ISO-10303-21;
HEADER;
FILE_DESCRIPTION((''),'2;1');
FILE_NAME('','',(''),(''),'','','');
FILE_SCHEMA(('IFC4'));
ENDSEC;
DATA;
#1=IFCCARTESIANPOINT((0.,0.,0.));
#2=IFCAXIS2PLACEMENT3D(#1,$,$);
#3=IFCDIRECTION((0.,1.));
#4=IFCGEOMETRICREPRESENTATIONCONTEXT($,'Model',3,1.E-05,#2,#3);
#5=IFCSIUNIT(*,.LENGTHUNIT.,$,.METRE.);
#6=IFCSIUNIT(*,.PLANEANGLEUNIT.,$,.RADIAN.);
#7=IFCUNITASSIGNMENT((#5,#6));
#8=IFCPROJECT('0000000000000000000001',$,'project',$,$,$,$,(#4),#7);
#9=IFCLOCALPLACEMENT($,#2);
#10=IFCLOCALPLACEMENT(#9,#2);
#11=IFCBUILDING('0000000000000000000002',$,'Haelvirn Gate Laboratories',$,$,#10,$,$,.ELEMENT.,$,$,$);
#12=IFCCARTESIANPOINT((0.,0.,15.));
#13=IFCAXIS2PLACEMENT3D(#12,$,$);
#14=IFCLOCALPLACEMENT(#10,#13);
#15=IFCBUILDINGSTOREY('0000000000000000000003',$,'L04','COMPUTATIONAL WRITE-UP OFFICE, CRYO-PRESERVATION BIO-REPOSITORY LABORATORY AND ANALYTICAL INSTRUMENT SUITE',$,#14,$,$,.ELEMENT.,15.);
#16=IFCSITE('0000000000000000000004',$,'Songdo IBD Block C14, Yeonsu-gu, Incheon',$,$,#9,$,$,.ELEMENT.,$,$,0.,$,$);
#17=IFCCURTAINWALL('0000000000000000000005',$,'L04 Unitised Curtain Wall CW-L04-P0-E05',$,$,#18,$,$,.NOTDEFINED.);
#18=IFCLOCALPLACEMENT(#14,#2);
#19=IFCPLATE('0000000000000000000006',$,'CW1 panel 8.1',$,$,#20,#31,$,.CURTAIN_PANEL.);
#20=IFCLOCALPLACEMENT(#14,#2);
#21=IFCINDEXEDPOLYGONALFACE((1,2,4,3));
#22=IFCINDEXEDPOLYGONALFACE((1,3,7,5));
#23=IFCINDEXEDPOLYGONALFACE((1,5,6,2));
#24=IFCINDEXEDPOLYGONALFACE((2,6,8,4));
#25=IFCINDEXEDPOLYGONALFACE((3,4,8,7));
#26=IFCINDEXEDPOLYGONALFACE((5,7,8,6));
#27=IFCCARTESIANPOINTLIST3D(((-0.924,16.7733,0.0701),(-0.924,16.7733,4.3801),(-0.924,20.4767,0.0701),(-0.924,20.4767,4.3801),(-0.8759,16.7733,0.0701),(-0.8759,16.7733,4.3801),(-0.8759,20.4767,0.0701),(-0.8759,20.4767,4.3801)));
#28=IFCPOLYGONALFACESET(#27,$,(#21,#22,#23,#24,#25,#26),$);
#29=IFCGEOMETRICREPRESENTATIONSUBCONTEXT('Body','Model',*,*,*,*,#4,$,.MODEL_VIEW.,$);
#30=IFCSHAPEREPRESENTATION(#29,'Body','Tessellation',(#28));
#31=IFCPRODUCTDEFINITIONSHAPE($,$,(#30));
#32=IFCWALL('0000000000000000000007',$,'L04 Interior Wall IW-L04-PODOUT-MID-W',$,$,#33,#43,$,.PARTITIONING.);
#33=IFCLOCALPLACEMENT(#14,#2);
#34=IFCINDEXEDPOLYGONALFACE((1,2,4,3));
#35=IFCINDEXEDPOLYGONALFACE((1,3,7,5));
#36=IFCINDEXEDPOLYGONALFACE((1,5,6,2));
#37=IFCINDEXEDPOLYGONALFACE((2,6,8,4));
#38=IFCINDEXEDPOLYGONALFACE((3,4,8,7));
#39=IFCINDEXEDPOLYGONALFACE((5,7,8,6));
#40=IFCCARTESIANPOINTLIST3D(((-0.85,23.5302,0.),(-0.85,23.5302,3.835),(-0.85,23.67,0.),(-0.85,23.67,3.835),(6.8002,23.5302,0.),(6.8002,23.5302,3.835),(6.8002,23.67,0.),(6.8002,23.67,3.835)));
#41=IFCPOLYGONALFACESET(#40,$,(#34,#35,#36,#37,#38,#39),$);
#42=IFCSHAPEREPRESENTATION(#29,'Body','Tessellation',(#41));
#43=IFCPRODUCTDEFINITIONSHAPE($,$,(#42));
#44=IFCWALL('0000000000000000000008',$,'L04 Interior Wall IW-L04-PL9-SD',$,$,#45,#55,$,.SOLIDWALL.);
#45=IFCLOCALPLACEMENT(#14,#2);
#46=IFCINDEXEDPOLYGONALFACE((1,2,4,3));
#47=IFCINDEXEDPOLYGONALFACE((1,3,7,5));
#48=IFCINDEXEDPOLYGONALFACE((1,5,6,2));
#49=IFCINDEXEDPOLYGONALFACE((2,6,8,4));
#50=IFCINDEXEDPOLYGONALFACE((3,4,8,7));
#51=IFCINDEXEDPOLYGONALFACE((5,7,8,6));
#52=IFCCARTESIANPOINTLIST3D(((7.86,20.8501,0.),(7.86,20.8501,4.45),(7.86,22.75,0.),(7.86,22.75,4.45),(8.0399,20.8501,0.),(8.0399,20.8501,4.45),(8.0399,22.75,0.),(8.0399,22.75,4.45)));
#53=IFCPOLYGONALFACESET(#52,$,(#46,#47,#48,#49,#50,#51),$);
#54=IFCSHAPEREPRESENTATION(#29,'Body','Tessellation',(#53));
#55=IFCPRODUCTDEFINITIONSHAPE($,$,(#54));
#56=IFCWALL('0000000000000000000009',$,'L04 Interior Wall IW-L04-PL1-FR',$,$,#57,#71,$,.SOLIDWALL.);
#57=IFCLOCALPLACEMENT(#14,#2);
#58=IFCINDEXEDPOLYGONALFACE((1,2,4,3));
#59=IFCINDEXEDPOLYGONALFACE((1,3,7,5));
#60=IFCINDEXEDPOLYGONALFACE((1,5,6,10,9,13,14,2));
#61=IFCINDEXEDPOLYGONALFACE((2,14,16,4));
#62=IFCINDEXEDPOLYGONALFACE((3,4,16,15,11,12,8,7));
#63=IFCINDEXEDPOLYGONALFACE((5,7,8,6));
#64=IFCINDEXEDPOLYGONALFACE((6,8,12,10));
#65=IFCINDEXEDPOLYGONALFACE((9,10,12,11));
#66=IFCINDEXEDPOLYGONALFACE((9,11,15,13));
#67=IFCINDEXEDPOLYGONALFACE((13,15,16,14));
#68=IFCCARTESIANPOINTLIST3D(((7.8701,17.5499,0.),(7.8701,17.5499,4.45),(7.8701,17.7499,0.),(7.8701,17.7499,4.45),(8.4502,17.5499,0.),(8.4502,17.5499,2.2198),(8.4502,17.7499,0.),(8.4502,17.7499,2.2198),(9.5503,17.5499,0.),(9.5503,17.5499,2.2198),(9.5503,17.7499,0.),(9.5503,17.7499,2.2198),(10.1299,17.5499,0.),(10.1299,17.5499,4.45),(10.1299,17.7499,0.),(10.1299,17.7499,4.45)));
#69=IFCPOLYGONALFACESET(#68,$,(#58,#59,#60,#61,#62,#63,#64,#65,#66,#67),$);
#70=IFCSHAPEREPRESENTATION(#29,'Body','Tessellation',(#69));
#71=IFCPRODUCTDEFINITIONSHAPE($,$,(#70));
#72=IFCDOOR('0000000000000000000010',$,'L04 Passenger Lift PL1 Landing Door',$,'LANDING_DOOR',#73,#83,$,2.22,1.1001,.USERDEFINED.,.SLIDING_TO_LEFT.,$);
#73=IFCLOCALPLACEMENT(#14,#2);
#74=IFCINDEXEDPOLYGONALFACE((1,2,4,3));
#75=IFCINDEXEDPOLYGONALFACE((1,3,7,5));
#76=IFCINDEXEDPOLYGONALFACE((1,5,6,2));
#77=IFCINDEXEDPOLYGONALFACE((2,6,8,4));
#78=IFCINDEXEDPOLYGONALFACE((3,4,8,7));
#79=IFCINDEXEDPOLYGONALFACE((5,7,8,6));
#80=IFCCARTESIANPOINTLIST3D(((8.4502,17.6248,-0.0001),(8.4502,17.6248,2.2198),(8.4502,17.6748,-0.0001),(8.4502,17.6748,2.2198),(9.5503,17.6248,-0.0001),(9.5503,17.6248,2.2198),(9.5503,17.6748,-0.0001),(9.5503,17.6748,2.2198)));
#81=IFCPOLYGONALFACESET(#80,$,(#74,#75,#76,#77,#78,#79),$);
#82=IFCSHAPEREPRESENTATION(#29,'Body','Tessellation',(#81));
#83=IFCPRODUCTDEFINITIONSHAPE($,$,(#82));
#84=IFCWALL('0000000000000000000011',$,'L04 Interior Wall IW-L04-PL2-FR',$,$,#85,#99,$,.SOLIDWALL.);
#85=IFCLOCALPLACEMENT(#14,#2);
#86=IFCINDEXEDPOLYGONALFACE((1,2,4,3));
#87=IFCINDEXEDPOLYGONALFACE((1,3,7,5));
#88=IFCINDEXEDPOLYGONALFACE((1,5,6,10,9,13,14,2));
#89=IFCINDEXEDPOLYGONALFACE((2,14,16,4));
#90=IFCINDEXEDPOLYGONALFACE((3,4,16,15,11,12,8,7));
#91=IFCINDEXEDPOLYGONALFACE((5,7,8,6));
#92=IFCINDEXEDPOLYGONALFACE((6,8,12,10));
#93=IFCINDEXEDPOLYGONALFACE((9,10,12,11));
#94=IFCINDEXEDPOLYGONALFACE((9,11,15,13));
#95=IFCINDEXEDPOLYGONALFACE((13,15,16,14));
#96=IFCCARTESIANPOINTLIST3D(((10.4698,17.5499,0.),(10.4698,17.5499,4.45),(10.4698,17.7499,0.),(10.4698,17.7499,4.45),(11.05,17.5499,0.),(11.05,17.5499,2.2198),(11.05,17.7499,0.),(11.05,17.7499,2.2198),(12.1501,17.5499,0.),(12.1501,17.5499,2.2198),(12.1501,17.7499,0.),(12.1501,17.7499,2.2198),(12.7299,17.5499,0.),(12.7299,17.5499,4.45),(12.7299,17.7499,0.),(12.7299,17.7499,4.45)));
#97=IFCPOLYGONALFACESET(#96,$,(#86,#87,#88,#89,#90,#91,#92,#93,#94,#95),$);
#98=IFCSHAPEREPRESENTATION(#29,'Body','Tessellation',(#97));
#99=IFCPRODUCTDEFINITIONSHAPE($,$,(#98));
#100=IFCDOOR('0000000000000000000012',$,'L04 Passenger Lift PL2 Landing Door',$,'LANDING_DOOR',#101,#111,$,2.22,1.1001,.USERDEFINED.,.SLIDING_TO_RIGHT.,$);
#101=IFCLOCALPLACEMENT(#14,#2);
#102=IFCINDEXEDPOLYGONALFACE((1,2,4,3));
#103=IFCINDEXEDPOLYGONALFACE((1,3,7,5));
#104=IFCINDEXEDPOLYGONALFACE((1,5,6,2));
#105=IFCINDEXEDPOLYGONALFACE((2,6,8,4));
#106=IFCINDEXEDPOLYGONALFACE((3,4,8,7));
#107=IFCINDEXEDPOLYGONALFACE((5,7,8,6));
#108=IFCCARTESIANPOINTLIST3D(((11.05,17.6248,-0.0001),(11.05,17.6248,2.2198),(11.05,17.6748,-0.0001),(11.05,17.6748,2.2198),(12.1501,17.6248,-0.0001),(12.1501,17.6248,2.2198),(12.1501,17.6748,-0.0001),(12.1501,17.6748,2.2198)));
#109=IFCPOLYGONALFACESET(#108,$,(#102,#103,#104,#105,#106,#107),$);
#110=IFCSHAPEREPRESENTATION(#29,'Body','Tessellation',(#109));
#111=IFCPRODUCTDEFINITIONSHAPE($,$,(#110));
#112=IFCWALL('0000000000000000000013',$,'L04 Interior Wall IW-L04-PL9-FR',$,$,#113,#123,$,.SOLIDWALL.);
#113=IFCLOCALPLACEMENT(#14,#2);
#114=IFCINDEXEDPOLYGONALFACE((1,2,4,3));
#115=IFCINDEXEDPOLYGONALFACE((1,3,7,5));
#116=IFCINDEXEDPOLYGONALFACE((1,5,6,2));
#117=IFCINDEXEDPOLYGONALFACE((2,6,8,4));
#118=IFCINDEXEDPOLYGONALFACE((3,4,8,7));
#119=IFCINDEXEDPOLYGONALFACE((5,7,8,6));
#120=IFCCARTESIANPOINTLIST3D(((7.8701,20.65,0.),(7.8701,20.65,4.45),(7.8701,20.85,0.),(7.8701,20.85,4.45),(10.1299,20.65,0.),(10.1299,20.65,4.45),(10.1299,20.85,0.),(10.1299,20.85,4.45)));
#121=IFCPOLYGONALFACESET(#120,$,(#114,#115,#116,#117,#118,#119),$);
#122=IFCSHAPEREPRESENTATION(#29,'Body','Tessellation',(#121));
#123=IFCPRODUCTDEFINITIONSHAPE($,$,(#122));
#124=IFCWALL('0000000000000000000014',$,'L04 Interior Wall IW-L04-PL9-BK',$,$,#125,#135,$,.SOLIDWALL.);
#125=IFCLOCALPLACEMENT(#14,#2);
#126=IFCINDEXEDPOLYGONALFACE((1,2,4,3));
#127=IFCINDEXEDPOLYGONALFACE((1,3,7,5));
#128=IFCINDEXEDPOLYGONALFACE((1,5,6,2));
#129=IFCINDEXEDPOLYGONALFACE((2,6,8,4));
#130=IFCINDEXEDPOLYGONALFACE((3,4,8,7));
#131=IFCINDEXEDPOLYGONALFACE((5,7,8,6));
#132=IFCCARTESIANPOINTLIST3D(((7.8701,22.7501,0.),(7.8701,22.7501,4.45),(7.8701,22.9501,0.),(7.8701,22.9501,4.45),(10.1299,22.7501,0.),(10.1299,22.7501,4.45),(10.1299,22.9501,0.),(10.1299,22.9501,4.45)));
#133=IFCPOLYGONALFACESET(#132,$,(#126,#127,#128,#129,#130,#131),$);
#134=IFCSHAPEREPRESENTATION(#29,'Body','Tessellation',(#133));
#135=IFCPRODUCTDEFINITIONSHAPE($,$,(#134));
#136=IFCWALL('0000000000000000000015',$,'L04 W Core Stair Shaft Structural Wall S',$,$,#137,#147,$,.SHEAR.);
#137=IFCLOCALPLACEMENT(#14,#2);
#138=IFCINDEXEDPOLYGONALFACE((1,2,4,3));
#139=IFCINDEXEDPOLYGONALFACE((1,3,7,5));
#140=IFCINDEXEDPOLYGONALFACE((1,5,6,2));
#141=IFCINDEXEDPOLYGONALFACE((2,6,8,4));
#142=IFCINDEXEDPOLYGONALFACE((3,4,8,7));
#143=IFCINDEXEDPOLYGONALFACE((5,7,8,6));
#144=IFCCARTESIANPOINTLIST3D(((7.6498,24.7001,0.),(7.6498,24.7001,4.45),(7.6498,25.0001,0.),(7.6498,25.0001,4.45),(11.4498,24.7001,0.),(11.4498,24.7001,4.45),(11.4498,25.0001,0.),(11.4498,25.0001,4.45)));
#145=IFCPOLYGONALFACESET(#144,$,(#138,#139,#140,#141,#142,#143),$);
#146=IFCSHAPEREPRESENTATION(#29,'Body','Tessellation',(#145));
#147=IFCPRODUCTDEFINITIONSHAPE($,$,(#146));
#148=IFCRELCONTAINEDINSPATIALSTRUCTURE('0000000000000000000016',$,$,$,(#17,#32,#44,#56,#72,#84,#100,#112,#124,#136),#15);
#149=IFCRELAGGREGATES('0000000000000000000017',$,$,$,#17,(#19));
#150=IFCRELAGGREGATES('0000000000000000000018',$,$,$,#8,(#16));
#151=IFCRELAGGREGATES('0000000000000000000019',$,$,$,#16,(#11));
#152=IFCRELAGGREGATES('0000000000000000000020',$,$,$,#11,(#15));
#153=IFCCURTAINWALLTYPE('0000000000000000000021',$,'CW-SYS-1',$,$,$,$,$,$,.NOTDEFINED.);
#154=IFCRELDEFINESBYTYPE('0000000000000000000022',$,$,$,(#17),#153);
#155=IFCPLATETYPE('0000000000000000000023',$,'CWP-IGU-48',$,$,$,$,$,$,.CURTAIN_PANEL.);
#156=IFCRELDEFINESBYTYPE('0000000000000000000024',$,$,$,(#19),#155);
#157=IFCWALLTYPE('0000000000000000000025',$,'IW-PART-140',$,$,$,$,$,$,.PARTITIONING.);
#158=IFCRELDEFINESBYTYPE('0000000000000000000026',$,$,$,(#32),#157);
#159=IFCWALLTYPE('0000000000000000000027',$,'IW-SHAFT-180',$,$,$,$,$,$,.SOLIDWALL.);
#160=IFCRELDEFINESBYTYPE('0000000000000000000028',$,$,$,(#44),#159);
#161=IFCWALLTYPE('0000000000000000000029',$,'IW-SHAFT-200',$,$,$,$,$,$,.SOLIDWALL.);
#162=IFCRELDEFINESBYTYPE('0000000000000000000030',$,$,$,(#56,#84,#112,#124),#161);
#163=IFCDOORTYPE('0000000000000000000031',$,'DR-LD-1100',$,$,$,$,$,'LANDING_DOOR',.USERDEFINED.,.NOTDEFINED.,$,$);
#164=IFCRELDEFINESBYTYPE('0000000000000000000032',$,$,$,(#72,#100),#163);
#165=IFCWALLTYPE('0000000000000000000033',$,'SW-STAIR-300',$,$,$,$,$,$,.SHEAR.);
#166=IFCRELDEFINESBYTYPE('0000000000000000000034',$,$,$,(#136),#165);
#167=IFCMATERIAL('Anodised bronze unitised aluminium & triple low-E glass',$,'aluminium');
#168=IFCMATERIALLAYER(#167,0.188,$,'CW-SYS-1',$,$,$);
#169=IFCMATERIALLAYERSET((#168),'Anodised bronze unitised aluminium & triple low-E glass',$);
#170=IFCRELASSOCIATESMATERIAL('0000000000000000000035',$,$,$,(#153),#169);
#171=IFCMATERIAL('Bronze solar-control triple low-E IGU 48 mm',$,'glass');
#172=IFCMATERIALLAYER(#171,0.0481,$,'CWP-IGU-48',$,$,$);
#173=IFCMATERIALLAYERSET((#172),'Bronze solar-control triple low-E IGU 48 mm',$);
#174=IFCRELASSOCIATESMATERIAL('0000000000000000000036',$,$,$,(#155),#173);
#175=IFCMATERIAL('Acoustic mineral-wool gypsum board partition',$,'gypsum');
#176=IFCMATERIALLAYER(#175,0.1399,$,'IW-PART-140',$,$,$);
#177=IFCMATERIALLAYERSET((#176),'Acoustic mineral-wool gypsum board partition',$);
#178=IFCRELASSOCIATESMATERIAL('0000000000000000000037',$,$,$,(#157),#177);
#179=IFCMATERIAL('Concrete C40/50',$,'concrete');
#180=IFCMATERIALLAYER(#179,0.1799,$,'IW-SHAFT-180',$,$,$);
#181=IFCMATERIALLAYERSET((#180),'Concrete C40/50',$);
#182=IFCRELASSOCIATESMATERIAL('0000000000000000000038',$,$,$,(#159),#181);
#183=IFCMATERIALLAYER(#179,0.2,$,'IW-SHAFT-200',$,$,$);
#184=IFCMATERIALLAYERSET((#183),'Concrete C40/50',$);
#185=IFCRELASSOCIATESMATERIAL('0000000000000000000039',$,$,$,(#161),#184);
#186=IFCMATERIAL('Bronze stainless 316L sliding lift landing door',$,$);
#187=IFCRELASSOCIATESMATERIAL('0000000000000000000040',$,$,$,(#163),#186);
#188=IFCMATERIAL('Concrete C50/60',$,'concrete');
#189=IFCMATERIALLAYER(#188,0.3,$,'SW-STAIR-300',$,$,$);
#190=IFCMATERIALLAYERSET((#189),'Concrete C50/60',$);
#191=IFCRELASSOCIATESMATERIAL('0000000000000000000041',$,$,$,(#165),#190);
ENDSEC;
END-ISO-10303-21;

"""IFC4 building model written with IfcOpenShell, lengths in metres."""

from ifc_helpers import new_model, si_unit, direction, frame, frame_2d, origin, origin_2d, place, context, subcontext, project, spatial, rectangle, extrude, source, transform, mapped, material, layer, layer_set, type_object, type_shapes, element, fill, aggregate, save


model = new_model("IFC4")

# Units and contexts
model_context = context("Model", 3, precision=1e-05, world=origin(), true_north=direction((0.0, 1.0)))
body_context = subcontext(model_context, "Body", "Model", "MODEL_VIEW")
ifc_project = project(units=[si_unit("LENGTHUNIT", "METRE"), si_unit("PLANEANGLEUNIT", "RADIAN")], contexts=[model_context])

# Site, building, storey
site_placement = place(None, origin())
site = spatial("IfcSite", under=ifc_project, at=site_placement, Name="Songdo IBD Block C14, Yeonsu-gu, Incheon", CompositionType="ELEMENT", RefElevation=0.0)
building_placement = place(site_placement, origin())
building = spatial("IfcBuilding", under=site, at=building_placement, Name="Haelvirn Gate Laboratories", CompositionType="ELEMENT")
storey_placement = place(building_placement, frame((0.0, 0.0, 15.0)))
storey = spatial("IfcBuildingStorey", under=building, at=storey_placement, Name="L04", Description="COMPUTATIONAL WRITE-UP OFFICE, CRYO-PRESERVATION BIO-REPOSITORY LABORATORY AND ANALYTICAL INSTRUMENT SUITE", CompositionType="ELEMENT", Elevation=15.0)

# Curtain wall, plate
ifc_material_1 = material(Name="Anodised bronze unitised aluminium & triple low-E glass", Category="aluminium")
ifc_layer_1 = layer(ifc_material_1, 0.188, Name="CW-SYS-1")
ifc_layer_set_1 = layer_set([ifc_layer_1], Name="Anodised bronze unitised aluminium & triple low-E glass")
curtain_wall_type = type_object("IfcCurtainWallType", Name="CW-SYS-1", PredefinedType="NOTDEFINED", material=ifc_layer_set_1)
curtain_wall_placement = place(storey_placement, origin())
curtain_wall = element("IfcCurtainWall", 1, at=curtain_wall_placement, inside=storey, type_object=curtain_wall_type, Name="L04 Unitised Curtain Wall CW-L04-P0-E05", PredefinedType="NOTDEFINED")
ifc_material_2 = material(Name="Bronze solar-control triple low-E IGU 48 mm", Category="glass")
ifc_layer_2 = layer(ifc_material_2, 0.0481, Name="CWP-IGU-48")
ifc_layer_set_2 = layer_set([ifc_layer_2], Name="Bronze solar-control triple low-E IGU 48 mm")
plate_type = type_object("IfcPlateType", Name="CWP-IGU-48", PredefinedType="CURTAIN_PANEL", material=ifc_layer_set_2)
shared_shape_1 = source(origin(), body_context, "Body", "SweptSolid", [
    extrude(rectangle(XDim=3.7034, YDim=0.0481, at=origin_2d()), origin(), (0.0, 0.0, 1.0), 4.3101),
])
type_shapes(plate_type, [shared_shape_1])
plate_1_placement = place(storey_placement, frame((-0.8999, 18.625, 0.0701), z_axis=(0.0, 0.0, 1.0), x_axis=(0.0, -1.0, 0.0)))
plate_1 = element("IfcPlate", 2, at=plate_1_placement, type_object=plate_type, Name="CW1 panel 8.1", PredefinedType="CURTAIN_PANEL", context=body_context, shape_type="MappedRepresentation", body=[
    mapped(shared_shape_1, transform((0.0, 0.0, 0.0), scale=1.0)),
])
aggregate(curtain_wall, [plate_1])

# Walls
ifc_material_3 = material(Name="Acoustic mineral-wool gypsum board partition", Category="gypsum")
ifc_layer_3 = layer(ifc_material_3, 0.1399, Name="IW-PART-140")
ifc_layer_set_3 = layer_set([ifc_layer_3], Name="Acoustic mineral-wool gypsum board partition")
wall_type_1 = type_object("IfcWallType", Name="IW-PART-140", PredefinedType="PARTITIONING", material=ifc_layer_set_3)
wall_1_placement = place(storey_placement, frame((-0.8501, 23.6001, 0.0), z_axis=(0.0, 0.0, 1.0), x_axis=(1.0, 0.0, 0.0)))
element("IfcWall", 3, at=wall_1_placement, inside=storey, type_object=wall_type_1, Name="L04 Interior Wall IW-L04-PODOUT-MID-W", PredefinedType="PARTITIONING", context=body_context, shape_type="SweptSolid", body=[
    extrude(rectangle(XDim=7.6501, YDim=0.1399, at=frame_2d((3.8252, 0.0))), origin(), (0.0, 0.0, 1.0), 3.835),
])
ifc_material_4 = material(Name="Concrete C40/50", Category="concrete")
ifc_layer_4 = layer(ifc_material_4, 0.1799, Name="IW-SHAFT-180")
ifc_layer_set_4 = layer_set([ifc_layer_4], Name="Concrete C40/50")
wall_type_2 = type_object("IfcWallType", Name="IW-SHAFT-180", PredefinedType="SOLIDWALL", material=ifc_layer_set_4)
wall_2_placement = place(storey_placement, frame((7.95, 20.8501, 0.0), z_axis=(0.0, 0.0, 1.0), x_axis=(0.0, 1.0, 0.0)))
element("IfcWall", 4, at=wall_2_placement, inside=storey, type_object=wall_type_2, Name="L04 Interior Wall IW-L04-PL9-SD", PredefinedType="SOLIDWALL", context=body_context, shape_type="SweptSolid", body=[
    extrude(rectangle(XDim=1.8999, YDim=0.1799, at=frame_2d((0.95, 0.0))), origin(), (0.0, 0.0, 1.0), 4.45),
])

# Walls, openings, doors
ifc_layer_5 = layer(ifc_material_4, 0.2, Name="IW-SHAFT-200")
ifc_layer_set_5 = layer_set([ifc_layer_5], Name="Concrete C40/50")
wall_type_3 = type_object("IfcWallType", Name="IW-SHAFT-200", PredefinedType="SOLIDWALL", material=ifc_layer_set_5)
wall_3_placement = place(storey_placement, frame((7.8701, 17.6499, 0.0), z_axis=(0.0, 0.0, 1.0), x_axis=(1.0, 0.0, 0.0)))
wall_3 = element("IfcWall", 5, at=wall_3_placement, inside=storey, type_object=wall_type_3, Name="L04 Interior Wall IW-L04-PL1-FR", PredefinedType="SOLIDWALL", context=body_context, shape_type="SweptSolid", body=[
    extrude(rectangle(XDim=2.2598, YDim=0.2, at=frame_2d((1.1299, 0.0))), origin(), (0.0, 0.0, 1.0), 4.45),
])
opening_1_placement = place(wall_3_placement, frame((0.5801, 0.0, 0.0)))
opening_1 = element("IfcOpeningElement", 6, at=opening_1_placement, cuts=wall_3, PredefinedType="OPENING", context=body_context, shape_type="SweptSolid", body=[
    extrude(rectangle(XDim=1.1001, YDim=2.22, at=frame_2d((0.55, 1.1099))), frame((0.0, 0.1099, 0.0), z_axis=(0.0, -1.0, 0.0), x_axis=(1.0, 0.0, 0.0)), (0.0, 0.0, 1.0), 0.22),
])
ifc_material_5 = material(Name="Bronze stainless 316L sliding lift landing door")
door_type = type_object("IfcDoorType", Name="DR-LD-1100", ElementType="LANDING_DOOR", OperationType="NOTDEFINED", PredefinedType="USERDEFINED", material=ifc_material_5)
shared_shape_2 = source(origin(), body_context, "Body", "SweptSolid", [
    extrude(rectangle(XDim=1.1001, YDim=2.22, at=frame_2d((0.55, 1.1099))), frame((0.0, 0.0249, 0.0), z_axis=(0.0, -1.0, 0.0), x_axis=(1.0, 0.0, 0.0)), (0.0, 0.0, 1.0), 0.05),
])
type_shapes(door_type, [shared_shape_2])
door_1_placement = place(opening_1_placement, origin())
door_1 = element("IfcDoor", 7, at=door_1_placement, inside=storey, type_object=door_type, Name="L04 Passenger Lift PL1 Landing Door", ObjectType="LANDING_DOOR", OperationType="SLIDING_TO_LEFT", OverallHeight=2.22, OverallWidth=1.1001, PredefinedType="USERDEFINED", context=body_context, shape_type="MappedRepresentation", body=[
    mapped(shared_shape_2, transform((0.0, 0.0, 0.0), scale=1.0)),
])
fill(opening_1, door_1)
wall_4_placement = place(storey_placement, frame((10.47, 17.6499, 0.0), z_axis=(0.0, 0.0, 1.0), x_axis=(1.0, 0.0, 0.0)))
wall_4 = element("IfcWall", 8, at=wall_4_placement, inside=storey, type_object=wall_type_3, Name="L04 Interior Wall IW-L04-PL2-FR", PredefinedType="SOLIDWALL", context=body_context, shape_type="SweptSolid", body=[
    extrude(rectangle(XDim=2.26, YDim=0.2, at=frame_2d((1.1299, 0.0))), origin(), (0.0, 0.0, 1.0), 4.45),
])
opening_2_placement = place(wall_4_placement, frame((0.5801, 0.0, 0.0)))
opening_2 = element("IfcOpeningElement", 9, at=opening_2_placement, cuts=wall_4, PredefinedType="OPENING", context=body_context, shape_type="SweptSolid", body=[
    extrude(rectangle(XDim=1.1001, YDim=2.22, at=frame_2d((0.55, 1.1099))), frame((0.0, 0.1099, 0.0), z_axis=(0.0, -1.0, 0.0), x_axis=(1.0, 0.0, 0.0)), (0.0, 0.0, 1.0), 0.22),
])
door_2_placement = place(opening_2_placement, origin())
door_2 = element("IfcDoor", 10, at=door_2_placement, inside=storey, type_object=door_type, Name="L04 Passenger Lift PL2 Landing Door", ObjectType="LANDING_DOOR", OperationType="SLIDING_TO_RIGHT", OverallHeight=2.22, OverallWidth=1.1001, PredefinedType="USERDEFINED", context=body_context, shape_type="MappedRepresentation", body=[
    mapped(shared_shape_2, transform((0.0, 0.0, 0.0), scale=1.0)),
])
fill(opening_2, door_2)

# Walls
for number, where, z_axis, x_axis, name in (
    (11, (7.8701, 20.75, 0.0), (0.0, 0.0, 1.0), (1.0, 0.0, 0.0), "L04 Interior Wall IW-L04-PL9-FR"),
    (12, (7.8701, 22.8501, 0.0), (0.0, 0.0, 1.0), (1.0, 0.0, 0.0), "L04 Interior Wall IW-L04-PL9-BK"),
):
    element("IfcWall", number, at=place(storey_placement, frame(where, z_axis=z_axis, x_axis=x_axis)), inside=storey, type_object=wall_type_3, Name=name, PredefinedType="SOLIDWALL", context=body_context, shape_type="SweptSolid", body=[
        extrude(rectangle(XDim=2.2598, YDim=0.2, at=frame_2d((1.1299, 0.0))), origin(), (0.0, 0.0, 1.0), 4.45),
    ])
ifc_material_6 = material(Name="Concrete C50/60", Category="concrete")
ifc_layer_6 = layer(ifc_material_6, 0.3, Name="SW-STAIR-300")
ifc_layer_set_6 = layer_set([ifc_layer_6], Name="Concrete C50/60")
wall_type_4 = type_object("IfcWallType", Name="SW-STAIR-300", PredefinedType="SHEAR", material=ifc_layer_set_6)
wall_5_placement = place(storey_placement, frame((7.6499, 24.8501, 0.0), z_axis=(0.0, 0.0, 1.0), x_axis=(1.0, 0.0, 0.0)))
element("IfcWall", 13, at=wall_5_placement, inside=storey, type_object=wall_type_4, Name="L04 W Core Stair Shaft Structural Wall S", PredefinedType="SHEAR", context=body_context, shape_type="SweptSolid", body=[
    extrude(rectangle(XDim=3.8, YDim=0.3, at=frame_2d((1.8999, 0.0))), origin(), (0.0, 0.0, 1.0), 4.45),
])

save(model, "model.ifc")
